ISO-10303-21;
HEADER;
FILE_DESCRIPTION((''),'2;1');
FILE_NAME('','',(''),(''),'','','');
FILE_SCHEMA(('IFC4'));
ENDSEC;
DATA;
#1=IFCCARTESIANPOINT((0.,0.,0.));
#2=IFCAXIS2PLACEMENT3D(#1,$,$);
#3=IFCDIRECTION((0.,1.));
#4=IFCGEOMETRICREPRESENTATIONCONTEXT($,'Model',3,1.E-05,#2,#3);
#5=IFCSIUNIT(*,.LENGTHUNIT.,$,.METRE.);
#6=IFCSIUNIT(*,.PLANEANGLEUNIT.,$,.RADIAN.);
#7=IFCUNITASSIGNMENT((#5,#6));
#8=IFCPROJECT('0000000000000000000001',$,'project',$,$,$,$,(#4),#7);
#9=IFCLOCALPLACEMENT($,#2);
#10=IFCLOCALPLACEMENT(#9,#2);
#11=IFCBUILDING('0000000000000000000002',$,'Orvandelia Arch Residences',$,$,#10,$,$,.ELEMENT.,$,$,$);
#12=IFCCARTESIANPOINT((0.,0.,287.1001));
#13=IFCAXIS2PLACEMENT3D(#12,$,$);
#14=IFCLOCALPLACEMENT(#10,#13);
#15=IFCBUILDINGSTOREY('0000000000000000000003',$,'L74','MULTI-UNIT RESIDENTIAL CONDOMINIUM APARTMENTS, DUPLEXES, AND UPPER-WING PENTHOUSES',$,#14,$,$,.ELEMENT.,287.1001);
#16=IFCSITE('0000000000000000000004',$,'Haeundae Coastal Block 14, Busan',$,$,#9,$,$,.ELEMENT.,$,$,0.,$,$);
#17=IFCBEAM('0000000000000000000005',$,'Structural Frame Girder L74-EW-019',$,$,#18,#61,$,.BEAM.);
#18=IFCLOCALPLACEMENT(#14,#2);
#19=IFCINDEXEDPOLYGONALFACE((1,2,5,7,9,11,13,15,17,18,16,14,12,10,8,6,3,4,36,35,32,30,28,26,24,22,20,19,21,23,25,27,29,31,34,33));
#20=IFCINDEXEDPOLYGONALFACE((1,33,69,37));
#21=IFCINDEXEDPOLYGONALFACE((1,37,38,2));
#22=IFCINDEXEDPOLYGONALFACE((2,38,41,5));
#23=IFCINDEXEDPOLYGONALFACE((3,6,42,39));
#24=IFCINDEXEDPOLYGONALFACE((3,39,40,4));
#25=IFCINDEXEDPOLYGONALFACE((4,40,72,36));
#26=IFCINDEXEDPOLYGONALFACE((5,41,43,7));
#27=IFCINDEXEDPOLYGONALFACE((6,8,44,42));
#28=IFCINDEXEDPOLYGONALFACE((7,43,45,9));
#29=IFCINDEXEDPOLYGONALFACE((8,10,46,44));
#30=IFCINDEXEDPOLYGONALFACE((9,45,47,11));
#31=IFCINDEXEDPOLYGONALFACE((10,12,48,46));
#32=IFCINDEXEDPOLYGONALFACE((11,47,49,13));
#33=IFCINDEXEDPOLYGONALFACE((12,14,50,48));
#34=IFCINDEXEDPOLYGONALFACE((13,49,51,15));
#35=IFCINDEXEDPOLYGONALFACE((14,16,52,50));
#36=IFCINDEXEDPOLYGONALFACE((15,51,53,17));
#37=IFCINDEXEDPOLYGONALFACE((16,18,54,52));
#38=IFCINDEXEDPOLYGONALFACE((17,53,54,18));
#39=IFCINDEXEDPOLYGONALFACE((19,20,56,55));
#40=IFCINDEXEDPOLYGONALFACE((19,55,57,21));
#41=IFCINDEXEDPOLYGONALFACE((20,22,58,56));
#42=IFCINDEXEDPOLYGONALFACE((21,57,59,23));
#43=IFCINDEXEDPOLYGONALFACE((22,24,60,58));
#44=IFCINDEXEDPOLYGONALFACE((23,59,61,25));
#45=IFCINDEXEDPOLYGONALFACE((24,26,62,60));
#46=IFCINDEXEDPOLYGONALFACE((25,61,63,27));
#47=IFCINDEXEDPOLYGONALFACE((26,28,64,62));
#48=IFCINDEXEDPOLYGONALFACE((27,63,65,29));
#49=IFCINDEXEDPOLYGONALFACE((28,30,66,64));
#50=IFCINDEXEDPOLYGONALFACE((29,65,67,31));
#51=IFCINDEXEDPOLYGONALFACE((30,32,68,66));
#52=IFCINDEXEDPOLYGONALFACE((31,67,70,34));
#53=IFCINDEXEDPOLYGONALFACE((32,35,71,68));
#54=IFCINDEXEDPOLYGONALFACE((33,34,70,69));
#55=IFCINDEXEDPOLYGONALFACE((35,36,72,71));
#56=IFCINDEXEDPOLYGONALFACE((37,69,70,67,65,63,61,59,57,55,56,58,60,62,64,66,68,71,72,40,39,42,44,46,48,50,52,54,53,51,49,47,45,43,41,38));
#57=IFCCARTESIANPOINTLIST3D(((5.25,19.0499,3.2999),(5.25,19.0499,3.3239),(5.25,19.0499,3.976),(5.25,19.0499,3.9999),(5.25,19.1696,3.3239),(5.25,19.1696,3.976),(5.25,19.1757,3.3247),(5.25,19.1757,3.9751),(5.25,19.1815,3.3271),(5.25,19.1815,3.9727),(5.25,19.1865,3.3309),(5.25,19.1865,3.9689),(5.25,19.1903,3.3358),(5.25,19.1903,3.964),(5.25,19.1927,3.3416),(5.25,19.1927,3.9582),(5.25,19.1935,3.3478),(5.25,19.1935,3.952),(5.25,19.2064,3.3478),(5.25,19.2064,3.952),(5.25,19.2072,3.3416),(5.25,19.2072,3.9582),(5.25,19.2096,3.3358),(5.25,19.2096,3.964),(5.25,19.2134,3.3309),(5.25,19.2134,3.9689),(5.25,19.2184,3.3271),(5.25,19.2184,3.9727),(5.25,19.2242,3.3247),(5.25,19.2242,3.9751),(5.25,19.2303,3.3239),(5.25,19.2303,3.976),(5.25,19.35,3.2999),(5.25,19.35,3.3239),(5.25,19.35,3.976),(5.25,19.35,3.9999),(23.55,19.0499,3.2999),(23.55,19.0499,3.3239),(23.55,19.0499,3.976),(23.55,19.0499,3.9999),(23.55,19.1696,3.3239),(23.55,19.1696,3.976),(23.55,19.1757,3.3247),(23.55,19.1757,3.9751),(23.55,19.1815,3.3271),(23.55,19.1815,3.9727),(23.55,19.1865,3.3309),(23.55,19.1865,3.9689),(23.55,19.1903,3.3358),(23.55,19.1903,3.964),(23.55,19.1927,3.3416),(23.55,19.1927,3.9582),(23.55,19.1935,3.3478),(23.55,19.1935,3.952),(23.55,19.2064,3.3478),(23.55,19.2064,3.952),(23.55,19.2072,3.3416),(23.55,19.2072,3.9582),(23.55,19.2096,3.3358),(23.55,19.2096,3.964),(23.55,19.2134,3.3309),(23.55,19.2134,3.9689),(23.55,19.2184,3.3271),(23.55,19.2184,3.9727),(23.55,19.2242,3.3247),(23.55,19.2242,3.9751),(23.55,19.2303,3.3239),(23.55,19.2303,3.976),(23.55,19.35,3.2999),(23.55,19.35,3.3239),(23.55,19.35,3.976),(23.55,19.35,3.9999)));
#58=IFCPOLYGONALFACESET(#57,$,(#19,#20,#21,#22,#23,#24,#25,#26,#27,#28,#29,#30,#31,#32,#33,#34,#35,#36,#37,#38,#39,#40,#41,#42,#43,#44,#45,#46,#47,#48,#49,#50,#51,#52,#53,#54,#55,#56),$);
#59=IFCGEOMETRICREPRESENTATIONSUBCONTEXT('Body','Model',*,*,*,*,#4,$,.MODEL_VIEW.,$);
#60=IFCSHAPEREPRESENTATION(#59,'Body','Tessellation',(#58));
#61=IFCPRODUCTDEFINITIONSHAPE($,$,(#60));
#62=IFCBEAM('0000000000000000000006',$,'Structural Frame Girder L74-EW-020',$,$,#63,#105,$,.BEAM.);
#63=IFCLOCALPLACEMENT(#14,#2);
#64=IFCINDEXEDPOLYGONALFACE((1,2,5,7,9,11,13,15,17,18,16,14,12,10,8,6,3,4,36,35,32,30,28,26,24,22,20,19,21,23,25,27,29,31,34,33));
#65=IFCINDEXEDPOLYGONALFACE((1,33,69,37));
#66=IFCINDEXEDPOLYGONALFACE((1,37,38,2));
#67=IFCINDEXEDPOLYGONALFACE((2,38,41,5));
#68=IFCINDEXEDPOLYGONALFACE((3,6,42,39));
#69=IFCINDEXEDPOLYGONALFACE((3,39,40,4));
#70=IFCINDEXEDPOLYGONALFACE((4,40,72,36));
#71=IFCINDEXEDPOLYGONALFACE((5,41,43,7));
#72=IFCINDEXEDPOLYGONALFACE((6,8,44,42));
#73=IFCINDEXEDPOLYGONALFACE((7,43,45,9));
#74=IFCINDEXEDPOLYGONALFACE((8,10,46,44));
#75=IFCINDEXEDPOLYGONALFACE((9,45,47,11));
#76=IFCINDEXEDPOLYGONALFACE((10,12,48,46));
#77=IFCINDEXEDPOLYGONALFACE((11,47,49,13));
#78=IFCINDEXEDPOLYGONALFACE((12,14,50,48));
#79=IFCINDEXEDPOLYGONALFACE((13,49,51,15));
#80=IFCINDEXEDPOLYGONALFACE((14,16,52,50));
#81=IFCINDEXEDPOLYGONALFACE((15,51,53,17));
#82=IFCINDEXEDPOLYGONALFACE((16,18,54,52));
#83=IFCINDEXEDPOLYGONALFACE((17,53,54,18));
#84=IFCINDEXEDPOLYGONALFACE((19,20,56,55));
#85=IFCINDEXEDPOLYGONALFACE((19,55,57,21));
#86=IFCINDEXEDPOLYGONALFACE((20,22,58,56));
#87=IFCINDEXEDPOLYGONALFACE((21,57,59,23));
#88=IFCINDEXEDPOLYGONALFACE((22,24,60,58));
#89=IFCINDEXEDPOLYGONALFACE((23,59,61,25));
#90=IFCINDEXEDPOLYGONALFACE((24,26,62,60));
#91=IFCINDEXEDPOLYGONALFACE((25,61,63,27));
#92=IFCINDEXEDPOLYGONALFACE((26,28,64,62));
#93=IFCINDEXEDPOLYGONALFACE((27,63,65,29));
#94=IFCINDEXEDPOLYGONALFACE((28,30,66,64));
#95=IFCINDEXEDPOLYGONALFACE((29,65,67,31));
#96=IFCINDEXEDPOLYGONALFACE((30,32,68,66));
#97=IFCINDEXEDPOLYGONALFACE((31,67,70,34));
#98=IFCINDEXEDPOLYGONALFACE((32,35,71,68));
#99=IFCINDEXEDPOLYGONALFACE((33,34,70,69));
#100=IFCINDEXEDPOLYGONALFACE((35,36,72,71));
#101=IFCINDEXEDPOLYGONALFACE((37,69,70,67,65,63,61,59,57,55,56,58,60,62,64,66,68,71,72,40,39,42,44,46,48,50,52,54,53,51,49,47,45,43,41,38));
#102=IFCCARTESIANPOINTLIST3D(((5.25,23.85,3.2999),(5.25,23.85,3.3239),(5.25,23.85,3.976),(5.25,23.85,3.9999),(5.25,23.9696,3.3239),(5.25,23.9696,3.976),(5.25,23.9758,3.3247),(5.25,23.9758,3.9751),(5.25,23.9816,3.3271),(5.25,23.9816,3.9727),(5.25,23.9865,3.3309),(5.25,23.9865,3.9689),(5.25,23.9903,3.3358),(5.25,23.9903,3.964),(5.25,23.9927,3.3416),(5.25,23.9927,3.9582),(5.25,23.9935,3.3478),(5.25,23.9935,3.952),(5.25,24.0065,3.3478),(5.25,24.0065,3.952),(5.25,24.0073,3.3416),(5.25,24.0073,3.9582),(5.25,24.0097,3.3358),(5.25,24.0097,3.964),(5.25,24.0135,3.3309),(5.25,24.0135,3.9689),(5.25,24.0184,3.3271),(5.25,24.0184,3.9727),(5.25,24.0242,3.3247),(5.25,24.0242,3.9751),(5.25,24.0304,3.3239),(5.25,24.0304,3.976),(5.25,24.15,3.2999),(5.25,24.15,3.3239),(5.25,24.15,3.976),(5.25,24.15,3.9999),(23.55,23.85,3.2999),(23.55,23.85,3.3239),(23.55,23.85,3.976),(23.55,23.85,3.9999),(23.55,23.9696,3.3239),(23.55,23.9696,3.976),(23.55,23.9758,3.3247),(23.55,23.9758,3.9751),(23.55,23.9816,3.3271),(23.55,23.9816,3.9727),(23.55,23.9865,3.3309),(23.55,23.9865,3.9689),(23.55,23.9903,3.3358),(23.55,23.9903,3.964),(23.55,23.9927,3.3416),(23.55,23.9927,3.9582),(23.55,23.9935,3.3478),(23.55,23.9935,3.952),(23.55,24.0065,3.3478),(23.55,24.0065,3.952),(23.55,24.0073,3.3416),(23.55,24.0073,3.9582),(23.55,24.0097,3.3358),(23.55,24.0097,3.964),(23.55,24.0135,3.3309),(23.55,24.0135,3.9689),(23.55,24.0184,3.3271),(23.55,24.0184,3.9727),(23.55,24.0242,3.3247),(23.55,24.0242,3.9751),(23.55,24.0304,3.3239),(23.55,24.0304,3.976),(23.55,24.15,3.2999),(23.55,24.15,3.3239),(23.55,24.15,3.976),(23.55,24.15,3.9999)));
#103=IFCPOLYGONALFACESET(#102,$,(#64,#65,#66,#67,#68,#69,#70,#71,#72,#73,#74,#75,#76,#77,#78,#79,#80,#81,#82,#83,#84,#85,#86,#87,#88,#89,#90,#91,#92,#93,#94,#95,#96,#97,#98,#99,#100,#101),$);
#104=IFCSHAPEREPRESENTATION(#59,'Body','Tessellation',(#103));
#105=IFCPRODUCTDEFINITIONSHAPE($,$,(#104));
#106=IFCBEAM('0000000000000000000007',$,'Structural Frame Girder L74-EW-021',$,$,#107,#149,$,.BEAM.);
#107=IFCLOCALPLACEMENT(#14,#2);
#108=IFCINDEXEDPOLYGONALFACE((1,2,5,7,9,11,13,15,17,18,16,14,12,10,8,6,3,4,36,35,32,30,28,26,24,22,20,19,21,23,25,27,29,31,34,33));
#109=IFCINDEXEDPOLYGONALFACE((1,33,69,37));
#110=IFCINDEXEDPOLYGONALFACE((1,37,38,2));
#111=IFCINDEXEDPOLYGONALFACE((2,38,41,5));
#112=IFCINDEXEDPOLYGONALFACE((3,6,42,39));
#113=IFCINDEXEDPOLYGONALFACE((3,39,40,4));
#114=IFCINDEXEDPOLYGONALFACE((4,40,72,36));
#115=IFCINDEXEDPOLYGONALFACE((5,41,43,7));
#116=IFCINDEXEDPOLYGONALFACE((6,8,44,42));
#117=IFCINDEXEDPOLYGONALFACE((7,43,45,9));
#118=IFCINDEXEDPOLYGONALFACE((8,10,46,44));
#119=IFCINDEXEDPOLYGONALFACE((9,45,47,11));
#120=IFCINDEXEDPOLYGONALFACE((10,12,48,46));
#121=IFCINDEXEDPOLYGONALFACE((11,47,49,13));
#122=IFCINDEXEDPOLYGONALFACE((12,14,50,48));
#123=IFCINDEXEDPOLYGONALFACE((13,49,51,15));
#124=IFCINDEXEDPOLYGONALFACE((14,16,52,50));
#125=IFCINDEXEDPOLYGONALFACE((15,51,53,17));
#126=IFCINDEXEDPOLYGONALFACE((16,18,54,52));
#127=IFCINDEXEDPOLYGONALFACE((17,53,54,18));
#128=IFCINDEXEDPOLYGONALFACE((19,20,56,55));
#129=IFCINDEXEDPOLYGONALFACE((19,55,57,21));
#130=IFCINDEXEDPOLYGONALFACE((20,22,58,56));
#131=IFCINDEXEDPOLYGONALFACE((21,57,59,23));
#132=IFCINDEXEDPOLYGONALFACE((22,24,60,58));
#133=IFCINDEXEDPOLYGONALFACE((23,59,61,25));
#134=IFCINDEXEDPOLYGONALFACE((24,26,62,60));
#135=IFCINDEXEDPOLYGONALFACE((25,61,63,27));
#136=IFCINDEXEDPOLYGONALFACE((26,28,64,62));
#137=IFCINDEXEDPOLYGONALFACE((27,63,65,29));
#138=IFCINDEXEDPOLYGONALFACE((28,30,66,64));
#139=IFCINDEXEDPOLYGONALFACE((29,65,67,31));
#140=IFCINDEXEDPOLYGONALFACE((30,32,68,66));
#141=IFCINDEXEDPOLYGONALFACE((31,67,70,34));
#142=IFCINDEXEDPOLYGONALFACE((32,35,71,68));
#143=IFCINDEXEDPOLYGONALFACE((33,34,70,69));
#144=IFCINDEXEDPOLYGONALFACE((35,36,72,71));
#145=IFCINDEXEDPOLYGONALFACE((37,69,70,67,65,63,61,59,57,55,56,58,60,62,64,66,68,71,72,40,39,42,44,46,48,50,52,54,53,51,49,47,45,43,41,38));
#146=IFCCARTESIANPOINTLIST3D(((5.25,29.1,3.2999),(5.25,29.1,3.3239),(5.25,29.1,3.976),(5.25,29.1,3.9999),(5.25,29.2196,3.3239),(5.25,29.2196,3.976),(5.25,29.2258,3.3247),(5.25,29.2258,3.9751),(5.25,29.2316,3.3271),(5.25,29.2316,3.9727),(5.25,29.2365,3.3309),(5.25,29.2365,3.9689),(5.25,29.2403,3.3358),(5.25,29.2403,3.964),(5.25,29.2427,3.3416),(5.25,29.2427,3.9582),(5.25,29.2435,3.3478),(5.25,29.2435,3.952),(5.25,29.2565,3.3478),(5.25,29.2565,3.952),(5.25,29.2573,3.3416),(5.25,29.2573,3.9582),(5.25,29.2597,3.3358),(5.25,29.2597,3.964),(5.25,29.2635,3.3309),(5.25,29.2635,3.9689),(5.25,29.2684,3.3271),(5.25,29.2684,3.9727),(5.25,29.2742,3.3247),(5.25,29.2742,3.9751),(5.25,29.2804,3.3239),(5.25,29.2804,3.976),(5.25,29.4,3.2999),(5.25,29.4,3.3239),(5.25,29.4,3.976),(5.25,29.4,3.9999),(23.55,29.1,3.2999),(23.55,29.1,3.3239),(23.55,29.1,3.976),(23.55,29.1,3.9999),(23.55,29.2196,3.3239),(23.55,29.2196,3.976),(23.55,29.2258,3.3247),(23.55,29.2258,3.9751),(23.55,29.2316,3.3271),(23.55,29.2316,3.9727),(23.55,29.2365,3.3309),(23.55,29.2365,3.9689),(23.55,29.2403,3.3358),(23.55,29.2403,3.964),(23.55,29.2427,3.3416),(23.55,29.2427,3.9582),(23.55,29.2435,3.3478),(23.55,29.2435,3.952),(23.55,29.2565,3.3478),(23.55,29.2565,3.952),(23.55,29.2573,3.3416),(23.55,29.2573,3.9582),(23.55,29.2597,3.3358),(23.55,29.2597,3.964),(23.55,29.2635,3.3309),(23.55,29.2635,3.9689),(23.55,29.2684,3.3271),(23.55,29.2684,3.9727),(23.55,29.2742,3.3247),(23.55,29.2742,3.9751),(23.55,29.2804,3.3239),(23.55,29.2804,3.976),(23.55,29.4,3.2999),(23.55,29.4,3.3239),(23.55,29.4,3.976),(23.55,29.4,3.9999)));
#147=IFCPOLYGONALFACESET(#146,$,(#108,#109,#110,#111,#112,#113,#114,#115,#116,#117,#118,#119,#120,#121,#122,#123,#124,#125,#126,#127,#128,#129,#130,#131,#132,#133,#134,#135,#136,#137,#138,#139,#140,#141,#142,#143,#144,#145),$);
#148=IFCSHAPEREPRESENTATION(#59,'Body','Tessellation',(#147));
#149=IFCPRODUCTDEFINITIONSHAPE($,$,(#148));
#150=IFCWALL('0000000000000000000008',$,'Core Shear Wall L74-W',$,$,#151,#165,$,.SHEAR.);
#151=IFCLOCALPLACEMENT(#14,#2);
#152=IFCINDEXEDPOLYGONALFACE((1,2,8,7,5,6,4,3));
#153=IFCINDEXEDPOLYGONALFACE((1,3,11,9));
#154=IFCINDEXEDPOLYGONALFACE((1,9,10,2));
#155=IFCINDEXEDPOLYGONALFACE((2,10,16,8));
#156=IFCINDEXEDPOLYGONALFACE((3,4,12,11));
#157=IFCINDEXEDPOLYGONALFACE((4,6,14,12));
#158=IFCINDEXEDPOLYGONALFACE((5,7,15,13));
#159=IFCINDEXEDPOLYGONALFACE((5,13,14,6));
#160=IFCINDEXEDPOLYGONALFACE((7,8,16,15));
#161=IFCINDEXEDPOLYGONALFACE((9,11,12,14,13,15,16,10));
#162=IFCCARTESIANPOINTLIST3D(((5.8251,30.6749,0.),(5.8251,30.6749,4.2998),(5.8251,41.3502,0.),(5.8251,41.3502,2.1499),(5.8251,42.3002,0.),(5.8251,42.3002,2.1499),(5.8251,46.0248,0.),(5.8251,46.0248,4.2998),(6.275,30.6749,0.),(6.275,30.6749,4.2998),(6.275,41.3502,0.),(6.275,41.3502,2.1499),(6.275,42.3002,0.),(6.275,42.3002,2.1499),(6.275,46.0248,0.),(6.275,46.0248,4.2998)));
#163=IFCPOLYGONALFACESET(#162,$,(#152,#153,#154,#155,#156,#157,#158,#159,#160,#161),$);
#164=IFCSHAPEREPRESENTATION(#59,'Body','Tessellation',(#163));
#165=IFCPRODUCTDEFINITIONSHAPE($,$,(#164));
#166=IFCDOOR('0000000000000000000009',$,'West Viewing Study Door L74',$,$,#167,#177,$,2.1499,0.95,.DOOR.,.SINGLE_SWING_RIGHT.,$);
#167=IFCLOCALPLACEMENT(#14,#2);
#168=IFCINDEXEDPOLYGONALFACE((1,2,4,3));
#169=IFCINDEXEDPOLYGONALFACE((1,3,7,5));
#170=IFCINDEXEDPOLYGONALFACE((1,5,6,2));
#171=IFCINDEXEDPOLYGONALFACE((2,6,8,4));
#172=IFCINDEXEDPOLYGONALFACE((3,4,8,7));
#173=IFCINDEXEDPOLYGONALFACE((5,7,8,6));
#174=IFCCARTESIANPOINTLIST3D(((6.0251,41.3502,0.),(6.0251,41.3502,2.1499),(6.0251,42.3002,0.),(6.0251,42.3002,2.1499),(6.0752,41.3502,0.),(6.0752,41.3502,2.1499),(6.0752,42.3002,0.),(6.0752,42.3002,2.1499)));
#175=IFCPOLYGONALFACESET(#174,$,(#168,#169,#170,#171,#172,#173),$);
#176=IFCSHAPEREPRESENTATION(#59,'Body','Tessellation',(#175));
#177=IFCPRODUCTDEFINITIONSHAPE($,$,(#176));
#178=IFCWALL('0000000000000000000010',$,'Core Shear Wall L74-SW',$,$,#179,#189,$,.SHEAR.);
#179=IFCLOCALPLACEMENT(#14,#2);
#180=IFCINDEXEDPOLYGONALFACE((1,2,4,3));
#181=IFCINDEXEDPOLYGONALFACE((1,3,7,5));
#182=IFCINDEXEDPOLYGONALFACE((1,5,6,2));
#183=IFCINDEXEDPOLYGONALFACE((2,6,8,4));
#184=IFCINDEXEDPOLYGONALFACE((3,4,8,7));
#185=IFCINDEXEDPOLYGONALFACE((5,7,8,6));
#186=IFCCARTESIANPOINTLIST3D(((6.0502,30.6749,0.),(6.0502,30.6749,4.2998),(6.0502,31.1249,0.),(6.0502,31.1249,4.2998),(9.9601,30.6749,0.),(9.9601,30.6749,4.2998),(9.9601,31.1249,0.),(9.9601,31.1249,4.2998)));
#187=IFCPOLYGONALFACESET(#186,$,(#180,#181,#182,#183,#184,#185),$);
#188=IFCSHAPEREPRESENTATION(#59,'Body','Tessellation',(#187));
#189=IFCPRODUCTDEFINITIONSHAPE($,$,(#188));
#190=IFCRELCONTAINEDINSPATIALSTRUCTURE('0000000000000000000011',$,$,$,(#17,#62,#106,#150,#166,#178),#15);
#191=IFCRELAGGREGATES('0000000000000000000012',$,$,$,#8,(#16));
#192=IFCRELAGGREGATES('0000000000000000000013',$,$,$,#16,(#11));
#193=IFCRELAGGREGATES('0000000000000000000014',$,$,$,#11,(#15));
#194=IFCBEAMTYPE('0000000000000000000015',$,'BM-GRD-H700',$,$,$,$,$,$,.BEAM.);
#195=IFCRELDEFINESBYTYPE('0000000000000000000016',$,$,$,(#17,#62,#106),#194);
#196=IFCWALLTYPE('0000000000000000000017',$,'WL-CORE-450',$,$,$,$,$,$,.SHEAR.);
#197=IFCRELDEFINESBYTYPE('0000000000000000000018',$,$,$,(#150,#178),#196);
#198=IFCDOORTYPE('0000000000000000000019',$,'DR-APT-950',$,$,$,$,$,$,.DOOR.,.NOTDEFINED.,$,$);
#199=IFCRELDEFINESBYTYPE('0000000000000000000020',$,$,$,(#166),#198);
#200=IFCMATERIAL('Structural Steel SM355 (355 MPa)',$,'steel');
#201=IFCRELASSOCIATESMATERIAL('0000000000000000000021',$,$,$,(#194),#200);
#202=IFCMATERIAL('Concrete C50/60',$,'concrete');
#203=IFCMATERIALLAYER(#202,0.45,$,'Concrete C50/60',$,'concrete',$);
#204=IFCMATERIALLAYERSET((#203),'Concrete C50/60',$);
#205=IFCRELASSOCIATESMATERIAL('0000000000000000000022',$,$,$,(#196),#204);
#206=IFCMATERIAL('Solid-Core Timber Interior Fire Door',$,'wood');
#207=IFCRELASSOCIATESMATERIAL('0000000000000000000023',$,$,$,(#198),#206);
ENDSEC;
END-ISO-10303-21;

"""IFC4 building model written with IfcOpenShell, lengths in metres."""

from ifc_helpers import new_model, si_unit, direction, frame, frame_2d, origin, origin_2d, place, context, subcontext, project, spatial, rectangle, i_section, extrude, material, layer, layer_set, material_profile, profile_set, type_object, element, fill, save


model = new_model("IFC4")

# Units and contexts
model_context = context("Model", 3, precision=1e-05, world=origin(), true_north=direction((0.0, 1.0)))
body_context = subcontext(model_context, "Body", "Model", "MODEL_VIEW")
ifc_project = project(units=[si_unit("LENGTHUNIT", "METRE"), si_unit("PLANEANGLEUNIT", "RADIAN")], contexts=[model_context])

# Site, building, storey
site_placement = place(None, origin())
site = spatial("IfcSite", under=ifc_project, at=site_placement, Name="Haeundae Coastal Block 14, Busan", CompositionType="ELEMENT", RefElevation=0.0)
building_placement = place(site_placement, origin())
building = spatial("IfcBuilding", under=site, at=building_placement, Name="Orvandelia Arch Residences", CompositionType="ELEMENT")
storey_placement = place(building_placement, frame((0.0, 0.0, 287.1001)))
storey = spatial("IfcBuildingStorey", under=building, at=storey_placement, Name="L74", Description="MULTI-UNIT RESIDENTIAL CONDOMINIUM APARTMENTS, DUPLEXES, AND UPPER-WING PENTHOUSES", CompositionType="ELEMENT", Elevation=287.1001)

# Shared definitions
ifc_material_1 = material(Name="Concrete C50/60", Category="concrete")

# Beams
ifc_material_2 = material(Name="Structural Steel SM355 (355 MPa)", Category="steel")
ifc_material_profile_1 = material_profile(ifc_material_2, i_section(OverallWidth=0.3, OverallDepth=0.7, WebThickness=0.0129, FlangeThickness=0.0239, FilletRadius=0.0239, at=origin_2d()), Name="Structural Steel SM355 (355 MPa)", Category="steel")
ifc_profile_set_1 = profile_set([ifc_material_profile_1], Name="Structural Steel SM355 (355 MPa)")
beam_type = type_object("IfcBeamType", Name="BM-GRD-H700", PredefinedType="BEAM", material=ifc_profile_set_1)
for number, where, z_axis, x_axis, name in (
    (1, (5.25, 19.2, 3.6499), (1.0, 0.0, 0.0), (0.0, 1.0, 0.0), "Structural Frame Girder L74-EW-019"),
    (2, (5.25, 24.0, 3.6499), (1.0, 0.0, 0.0), (0.0, 1.0, 0.0), "Structural Frame Girder L74-EW-020"),
    (3, (5.25, 29.25, 3.6499), (1.0, 0.0, 0.0), (0.0, 1.0, 0.0), "Structural Frame Girder L74-EW-021"),
):
    element("IfcBeam", number, at=place(storey_placement, frame(where, z_axis=z_axis, x_axis=x_axis)), inside=storey, type_object=beam_type, Name=name, PredefinedType="BEAM", context=body_context, shape_type="SweptSolid", body=[
        extrude(i_section(OverallWidth=0.3, OverallDepth=0.7, WebThickness=0.0129, FlangeThickness=0.0239, FilletRadius=0.0239, at=origin_2d()), origin(), (0.0, 0.0, 1.0), 18.3),
    ])

# Wall, opening, door
ifc_layer_1 = layer(ifc_material_1, 0.45, Name="Concrete C50/60", Category="concrete")
ifc_layer_set_1 = layer_set([ifc_layer_1], Name="Concrete C50/60")
wall_type_1 = type_object("IfcWallType", Name="WL-CORE-450", PredefinedType="SHEAR", material=ifc_layer_set_1)
wall_1_placement = place(storey_placement, frame((6.05, 30.675, 0.0), z_axis=(0.0, 0.0, 1.0), x_axis=(0.0, 1.0, 0.0)))
wall_1 = element("IfcWall", 4, at=wall_1_placement, inside=storey, type_object=wall_type_1, Name="Core Shear Wall L74-W", PredefinedType="SHEAR", context=body_context, shape_type="SweptSolid", body=[
    extrude(rectangle(XDim=15.3499, YDim=0.45, at=frame_2d((7.6748, 0.0))), origin(), (0.0, 0.0, 1.0), 4.2998),
])
opening_1_placement = place(wall_1_placement, frame((10.675, 0.0, 0.0)))
opening_1 = element("IfcOpeningElement", 5, at=opening_1_placement, cuts=wall_1, PredefinedType="OPENING", context=body_context, shape_type="SweptSolid", body=[
    extrude(rectangle(XDim=0.95, YDim=2.1499, at=frame_2d((0.4751, 1.075))), frame((0.0, 0.2349, 0.0), z_axis=(0.0, -1.0, 0.0), x_axis=(1.0, 0.0, 0.0)), (0.0, 0.0, 1.0), 0.47),
])
ifc_material_3 = material(Name="Solid-Core Timber Interior Fire Door", Category="wood")
door_type_1 = type_object("IfcDoorType", Name="DR-APT-950", OperationType="NOTDEFINED", PredefinedType="DOOR", material=ifc_material_3)
door_1_placement = place(opening_1_placement, origin())
door_1 = element("IfcDoor", 6, at=door_1_placement, inside=storey, type_object=door_type_1, Name="West Viewing Study Door L74", OperationType="SINGLE_SWING_RIGHT", OverallHeight=2.1499, OverallWidth=0.95, PredefinedType="DOOR", context=body_context, shape_type="SweptSolid", body=[
    extrude(rectangle(XDim=0.95, YDim=2.1499, at=frame_2d((0.4751, 1.075))), frame((0.0, 0.0249, 0.0), z_axis=(0.0, -1.0, 0.0), x_axis=(1.0, 0.0, 0.0)), (0.0, 0.0, 1.0), 0.05),
])
fill(opening_1, door_1)

# Wall
wall_2_placement = place(storey_placement, frame((6.05, 30.8999, 0.0), z_axis=(0.0, 0.0, 1.0), x_axis=(1.0, 0.0, 0.0)))
element("IfcWall", 7, at=wall_2_placement, inside=storey, type_object=wall_type_1, Name="Core Shear Wall L74-SW", PredefinedType="SHEAR", context=body_context, shape_type="SweptSolid", body=[
    extrude(rectangle(XDim=3.9099, YDim=0.45, at=frame_2d((1.9551, 0.0))), origin(), (0.0, 0.0, 1.0), 4.2998),
])

save(model, "model.ifc")
